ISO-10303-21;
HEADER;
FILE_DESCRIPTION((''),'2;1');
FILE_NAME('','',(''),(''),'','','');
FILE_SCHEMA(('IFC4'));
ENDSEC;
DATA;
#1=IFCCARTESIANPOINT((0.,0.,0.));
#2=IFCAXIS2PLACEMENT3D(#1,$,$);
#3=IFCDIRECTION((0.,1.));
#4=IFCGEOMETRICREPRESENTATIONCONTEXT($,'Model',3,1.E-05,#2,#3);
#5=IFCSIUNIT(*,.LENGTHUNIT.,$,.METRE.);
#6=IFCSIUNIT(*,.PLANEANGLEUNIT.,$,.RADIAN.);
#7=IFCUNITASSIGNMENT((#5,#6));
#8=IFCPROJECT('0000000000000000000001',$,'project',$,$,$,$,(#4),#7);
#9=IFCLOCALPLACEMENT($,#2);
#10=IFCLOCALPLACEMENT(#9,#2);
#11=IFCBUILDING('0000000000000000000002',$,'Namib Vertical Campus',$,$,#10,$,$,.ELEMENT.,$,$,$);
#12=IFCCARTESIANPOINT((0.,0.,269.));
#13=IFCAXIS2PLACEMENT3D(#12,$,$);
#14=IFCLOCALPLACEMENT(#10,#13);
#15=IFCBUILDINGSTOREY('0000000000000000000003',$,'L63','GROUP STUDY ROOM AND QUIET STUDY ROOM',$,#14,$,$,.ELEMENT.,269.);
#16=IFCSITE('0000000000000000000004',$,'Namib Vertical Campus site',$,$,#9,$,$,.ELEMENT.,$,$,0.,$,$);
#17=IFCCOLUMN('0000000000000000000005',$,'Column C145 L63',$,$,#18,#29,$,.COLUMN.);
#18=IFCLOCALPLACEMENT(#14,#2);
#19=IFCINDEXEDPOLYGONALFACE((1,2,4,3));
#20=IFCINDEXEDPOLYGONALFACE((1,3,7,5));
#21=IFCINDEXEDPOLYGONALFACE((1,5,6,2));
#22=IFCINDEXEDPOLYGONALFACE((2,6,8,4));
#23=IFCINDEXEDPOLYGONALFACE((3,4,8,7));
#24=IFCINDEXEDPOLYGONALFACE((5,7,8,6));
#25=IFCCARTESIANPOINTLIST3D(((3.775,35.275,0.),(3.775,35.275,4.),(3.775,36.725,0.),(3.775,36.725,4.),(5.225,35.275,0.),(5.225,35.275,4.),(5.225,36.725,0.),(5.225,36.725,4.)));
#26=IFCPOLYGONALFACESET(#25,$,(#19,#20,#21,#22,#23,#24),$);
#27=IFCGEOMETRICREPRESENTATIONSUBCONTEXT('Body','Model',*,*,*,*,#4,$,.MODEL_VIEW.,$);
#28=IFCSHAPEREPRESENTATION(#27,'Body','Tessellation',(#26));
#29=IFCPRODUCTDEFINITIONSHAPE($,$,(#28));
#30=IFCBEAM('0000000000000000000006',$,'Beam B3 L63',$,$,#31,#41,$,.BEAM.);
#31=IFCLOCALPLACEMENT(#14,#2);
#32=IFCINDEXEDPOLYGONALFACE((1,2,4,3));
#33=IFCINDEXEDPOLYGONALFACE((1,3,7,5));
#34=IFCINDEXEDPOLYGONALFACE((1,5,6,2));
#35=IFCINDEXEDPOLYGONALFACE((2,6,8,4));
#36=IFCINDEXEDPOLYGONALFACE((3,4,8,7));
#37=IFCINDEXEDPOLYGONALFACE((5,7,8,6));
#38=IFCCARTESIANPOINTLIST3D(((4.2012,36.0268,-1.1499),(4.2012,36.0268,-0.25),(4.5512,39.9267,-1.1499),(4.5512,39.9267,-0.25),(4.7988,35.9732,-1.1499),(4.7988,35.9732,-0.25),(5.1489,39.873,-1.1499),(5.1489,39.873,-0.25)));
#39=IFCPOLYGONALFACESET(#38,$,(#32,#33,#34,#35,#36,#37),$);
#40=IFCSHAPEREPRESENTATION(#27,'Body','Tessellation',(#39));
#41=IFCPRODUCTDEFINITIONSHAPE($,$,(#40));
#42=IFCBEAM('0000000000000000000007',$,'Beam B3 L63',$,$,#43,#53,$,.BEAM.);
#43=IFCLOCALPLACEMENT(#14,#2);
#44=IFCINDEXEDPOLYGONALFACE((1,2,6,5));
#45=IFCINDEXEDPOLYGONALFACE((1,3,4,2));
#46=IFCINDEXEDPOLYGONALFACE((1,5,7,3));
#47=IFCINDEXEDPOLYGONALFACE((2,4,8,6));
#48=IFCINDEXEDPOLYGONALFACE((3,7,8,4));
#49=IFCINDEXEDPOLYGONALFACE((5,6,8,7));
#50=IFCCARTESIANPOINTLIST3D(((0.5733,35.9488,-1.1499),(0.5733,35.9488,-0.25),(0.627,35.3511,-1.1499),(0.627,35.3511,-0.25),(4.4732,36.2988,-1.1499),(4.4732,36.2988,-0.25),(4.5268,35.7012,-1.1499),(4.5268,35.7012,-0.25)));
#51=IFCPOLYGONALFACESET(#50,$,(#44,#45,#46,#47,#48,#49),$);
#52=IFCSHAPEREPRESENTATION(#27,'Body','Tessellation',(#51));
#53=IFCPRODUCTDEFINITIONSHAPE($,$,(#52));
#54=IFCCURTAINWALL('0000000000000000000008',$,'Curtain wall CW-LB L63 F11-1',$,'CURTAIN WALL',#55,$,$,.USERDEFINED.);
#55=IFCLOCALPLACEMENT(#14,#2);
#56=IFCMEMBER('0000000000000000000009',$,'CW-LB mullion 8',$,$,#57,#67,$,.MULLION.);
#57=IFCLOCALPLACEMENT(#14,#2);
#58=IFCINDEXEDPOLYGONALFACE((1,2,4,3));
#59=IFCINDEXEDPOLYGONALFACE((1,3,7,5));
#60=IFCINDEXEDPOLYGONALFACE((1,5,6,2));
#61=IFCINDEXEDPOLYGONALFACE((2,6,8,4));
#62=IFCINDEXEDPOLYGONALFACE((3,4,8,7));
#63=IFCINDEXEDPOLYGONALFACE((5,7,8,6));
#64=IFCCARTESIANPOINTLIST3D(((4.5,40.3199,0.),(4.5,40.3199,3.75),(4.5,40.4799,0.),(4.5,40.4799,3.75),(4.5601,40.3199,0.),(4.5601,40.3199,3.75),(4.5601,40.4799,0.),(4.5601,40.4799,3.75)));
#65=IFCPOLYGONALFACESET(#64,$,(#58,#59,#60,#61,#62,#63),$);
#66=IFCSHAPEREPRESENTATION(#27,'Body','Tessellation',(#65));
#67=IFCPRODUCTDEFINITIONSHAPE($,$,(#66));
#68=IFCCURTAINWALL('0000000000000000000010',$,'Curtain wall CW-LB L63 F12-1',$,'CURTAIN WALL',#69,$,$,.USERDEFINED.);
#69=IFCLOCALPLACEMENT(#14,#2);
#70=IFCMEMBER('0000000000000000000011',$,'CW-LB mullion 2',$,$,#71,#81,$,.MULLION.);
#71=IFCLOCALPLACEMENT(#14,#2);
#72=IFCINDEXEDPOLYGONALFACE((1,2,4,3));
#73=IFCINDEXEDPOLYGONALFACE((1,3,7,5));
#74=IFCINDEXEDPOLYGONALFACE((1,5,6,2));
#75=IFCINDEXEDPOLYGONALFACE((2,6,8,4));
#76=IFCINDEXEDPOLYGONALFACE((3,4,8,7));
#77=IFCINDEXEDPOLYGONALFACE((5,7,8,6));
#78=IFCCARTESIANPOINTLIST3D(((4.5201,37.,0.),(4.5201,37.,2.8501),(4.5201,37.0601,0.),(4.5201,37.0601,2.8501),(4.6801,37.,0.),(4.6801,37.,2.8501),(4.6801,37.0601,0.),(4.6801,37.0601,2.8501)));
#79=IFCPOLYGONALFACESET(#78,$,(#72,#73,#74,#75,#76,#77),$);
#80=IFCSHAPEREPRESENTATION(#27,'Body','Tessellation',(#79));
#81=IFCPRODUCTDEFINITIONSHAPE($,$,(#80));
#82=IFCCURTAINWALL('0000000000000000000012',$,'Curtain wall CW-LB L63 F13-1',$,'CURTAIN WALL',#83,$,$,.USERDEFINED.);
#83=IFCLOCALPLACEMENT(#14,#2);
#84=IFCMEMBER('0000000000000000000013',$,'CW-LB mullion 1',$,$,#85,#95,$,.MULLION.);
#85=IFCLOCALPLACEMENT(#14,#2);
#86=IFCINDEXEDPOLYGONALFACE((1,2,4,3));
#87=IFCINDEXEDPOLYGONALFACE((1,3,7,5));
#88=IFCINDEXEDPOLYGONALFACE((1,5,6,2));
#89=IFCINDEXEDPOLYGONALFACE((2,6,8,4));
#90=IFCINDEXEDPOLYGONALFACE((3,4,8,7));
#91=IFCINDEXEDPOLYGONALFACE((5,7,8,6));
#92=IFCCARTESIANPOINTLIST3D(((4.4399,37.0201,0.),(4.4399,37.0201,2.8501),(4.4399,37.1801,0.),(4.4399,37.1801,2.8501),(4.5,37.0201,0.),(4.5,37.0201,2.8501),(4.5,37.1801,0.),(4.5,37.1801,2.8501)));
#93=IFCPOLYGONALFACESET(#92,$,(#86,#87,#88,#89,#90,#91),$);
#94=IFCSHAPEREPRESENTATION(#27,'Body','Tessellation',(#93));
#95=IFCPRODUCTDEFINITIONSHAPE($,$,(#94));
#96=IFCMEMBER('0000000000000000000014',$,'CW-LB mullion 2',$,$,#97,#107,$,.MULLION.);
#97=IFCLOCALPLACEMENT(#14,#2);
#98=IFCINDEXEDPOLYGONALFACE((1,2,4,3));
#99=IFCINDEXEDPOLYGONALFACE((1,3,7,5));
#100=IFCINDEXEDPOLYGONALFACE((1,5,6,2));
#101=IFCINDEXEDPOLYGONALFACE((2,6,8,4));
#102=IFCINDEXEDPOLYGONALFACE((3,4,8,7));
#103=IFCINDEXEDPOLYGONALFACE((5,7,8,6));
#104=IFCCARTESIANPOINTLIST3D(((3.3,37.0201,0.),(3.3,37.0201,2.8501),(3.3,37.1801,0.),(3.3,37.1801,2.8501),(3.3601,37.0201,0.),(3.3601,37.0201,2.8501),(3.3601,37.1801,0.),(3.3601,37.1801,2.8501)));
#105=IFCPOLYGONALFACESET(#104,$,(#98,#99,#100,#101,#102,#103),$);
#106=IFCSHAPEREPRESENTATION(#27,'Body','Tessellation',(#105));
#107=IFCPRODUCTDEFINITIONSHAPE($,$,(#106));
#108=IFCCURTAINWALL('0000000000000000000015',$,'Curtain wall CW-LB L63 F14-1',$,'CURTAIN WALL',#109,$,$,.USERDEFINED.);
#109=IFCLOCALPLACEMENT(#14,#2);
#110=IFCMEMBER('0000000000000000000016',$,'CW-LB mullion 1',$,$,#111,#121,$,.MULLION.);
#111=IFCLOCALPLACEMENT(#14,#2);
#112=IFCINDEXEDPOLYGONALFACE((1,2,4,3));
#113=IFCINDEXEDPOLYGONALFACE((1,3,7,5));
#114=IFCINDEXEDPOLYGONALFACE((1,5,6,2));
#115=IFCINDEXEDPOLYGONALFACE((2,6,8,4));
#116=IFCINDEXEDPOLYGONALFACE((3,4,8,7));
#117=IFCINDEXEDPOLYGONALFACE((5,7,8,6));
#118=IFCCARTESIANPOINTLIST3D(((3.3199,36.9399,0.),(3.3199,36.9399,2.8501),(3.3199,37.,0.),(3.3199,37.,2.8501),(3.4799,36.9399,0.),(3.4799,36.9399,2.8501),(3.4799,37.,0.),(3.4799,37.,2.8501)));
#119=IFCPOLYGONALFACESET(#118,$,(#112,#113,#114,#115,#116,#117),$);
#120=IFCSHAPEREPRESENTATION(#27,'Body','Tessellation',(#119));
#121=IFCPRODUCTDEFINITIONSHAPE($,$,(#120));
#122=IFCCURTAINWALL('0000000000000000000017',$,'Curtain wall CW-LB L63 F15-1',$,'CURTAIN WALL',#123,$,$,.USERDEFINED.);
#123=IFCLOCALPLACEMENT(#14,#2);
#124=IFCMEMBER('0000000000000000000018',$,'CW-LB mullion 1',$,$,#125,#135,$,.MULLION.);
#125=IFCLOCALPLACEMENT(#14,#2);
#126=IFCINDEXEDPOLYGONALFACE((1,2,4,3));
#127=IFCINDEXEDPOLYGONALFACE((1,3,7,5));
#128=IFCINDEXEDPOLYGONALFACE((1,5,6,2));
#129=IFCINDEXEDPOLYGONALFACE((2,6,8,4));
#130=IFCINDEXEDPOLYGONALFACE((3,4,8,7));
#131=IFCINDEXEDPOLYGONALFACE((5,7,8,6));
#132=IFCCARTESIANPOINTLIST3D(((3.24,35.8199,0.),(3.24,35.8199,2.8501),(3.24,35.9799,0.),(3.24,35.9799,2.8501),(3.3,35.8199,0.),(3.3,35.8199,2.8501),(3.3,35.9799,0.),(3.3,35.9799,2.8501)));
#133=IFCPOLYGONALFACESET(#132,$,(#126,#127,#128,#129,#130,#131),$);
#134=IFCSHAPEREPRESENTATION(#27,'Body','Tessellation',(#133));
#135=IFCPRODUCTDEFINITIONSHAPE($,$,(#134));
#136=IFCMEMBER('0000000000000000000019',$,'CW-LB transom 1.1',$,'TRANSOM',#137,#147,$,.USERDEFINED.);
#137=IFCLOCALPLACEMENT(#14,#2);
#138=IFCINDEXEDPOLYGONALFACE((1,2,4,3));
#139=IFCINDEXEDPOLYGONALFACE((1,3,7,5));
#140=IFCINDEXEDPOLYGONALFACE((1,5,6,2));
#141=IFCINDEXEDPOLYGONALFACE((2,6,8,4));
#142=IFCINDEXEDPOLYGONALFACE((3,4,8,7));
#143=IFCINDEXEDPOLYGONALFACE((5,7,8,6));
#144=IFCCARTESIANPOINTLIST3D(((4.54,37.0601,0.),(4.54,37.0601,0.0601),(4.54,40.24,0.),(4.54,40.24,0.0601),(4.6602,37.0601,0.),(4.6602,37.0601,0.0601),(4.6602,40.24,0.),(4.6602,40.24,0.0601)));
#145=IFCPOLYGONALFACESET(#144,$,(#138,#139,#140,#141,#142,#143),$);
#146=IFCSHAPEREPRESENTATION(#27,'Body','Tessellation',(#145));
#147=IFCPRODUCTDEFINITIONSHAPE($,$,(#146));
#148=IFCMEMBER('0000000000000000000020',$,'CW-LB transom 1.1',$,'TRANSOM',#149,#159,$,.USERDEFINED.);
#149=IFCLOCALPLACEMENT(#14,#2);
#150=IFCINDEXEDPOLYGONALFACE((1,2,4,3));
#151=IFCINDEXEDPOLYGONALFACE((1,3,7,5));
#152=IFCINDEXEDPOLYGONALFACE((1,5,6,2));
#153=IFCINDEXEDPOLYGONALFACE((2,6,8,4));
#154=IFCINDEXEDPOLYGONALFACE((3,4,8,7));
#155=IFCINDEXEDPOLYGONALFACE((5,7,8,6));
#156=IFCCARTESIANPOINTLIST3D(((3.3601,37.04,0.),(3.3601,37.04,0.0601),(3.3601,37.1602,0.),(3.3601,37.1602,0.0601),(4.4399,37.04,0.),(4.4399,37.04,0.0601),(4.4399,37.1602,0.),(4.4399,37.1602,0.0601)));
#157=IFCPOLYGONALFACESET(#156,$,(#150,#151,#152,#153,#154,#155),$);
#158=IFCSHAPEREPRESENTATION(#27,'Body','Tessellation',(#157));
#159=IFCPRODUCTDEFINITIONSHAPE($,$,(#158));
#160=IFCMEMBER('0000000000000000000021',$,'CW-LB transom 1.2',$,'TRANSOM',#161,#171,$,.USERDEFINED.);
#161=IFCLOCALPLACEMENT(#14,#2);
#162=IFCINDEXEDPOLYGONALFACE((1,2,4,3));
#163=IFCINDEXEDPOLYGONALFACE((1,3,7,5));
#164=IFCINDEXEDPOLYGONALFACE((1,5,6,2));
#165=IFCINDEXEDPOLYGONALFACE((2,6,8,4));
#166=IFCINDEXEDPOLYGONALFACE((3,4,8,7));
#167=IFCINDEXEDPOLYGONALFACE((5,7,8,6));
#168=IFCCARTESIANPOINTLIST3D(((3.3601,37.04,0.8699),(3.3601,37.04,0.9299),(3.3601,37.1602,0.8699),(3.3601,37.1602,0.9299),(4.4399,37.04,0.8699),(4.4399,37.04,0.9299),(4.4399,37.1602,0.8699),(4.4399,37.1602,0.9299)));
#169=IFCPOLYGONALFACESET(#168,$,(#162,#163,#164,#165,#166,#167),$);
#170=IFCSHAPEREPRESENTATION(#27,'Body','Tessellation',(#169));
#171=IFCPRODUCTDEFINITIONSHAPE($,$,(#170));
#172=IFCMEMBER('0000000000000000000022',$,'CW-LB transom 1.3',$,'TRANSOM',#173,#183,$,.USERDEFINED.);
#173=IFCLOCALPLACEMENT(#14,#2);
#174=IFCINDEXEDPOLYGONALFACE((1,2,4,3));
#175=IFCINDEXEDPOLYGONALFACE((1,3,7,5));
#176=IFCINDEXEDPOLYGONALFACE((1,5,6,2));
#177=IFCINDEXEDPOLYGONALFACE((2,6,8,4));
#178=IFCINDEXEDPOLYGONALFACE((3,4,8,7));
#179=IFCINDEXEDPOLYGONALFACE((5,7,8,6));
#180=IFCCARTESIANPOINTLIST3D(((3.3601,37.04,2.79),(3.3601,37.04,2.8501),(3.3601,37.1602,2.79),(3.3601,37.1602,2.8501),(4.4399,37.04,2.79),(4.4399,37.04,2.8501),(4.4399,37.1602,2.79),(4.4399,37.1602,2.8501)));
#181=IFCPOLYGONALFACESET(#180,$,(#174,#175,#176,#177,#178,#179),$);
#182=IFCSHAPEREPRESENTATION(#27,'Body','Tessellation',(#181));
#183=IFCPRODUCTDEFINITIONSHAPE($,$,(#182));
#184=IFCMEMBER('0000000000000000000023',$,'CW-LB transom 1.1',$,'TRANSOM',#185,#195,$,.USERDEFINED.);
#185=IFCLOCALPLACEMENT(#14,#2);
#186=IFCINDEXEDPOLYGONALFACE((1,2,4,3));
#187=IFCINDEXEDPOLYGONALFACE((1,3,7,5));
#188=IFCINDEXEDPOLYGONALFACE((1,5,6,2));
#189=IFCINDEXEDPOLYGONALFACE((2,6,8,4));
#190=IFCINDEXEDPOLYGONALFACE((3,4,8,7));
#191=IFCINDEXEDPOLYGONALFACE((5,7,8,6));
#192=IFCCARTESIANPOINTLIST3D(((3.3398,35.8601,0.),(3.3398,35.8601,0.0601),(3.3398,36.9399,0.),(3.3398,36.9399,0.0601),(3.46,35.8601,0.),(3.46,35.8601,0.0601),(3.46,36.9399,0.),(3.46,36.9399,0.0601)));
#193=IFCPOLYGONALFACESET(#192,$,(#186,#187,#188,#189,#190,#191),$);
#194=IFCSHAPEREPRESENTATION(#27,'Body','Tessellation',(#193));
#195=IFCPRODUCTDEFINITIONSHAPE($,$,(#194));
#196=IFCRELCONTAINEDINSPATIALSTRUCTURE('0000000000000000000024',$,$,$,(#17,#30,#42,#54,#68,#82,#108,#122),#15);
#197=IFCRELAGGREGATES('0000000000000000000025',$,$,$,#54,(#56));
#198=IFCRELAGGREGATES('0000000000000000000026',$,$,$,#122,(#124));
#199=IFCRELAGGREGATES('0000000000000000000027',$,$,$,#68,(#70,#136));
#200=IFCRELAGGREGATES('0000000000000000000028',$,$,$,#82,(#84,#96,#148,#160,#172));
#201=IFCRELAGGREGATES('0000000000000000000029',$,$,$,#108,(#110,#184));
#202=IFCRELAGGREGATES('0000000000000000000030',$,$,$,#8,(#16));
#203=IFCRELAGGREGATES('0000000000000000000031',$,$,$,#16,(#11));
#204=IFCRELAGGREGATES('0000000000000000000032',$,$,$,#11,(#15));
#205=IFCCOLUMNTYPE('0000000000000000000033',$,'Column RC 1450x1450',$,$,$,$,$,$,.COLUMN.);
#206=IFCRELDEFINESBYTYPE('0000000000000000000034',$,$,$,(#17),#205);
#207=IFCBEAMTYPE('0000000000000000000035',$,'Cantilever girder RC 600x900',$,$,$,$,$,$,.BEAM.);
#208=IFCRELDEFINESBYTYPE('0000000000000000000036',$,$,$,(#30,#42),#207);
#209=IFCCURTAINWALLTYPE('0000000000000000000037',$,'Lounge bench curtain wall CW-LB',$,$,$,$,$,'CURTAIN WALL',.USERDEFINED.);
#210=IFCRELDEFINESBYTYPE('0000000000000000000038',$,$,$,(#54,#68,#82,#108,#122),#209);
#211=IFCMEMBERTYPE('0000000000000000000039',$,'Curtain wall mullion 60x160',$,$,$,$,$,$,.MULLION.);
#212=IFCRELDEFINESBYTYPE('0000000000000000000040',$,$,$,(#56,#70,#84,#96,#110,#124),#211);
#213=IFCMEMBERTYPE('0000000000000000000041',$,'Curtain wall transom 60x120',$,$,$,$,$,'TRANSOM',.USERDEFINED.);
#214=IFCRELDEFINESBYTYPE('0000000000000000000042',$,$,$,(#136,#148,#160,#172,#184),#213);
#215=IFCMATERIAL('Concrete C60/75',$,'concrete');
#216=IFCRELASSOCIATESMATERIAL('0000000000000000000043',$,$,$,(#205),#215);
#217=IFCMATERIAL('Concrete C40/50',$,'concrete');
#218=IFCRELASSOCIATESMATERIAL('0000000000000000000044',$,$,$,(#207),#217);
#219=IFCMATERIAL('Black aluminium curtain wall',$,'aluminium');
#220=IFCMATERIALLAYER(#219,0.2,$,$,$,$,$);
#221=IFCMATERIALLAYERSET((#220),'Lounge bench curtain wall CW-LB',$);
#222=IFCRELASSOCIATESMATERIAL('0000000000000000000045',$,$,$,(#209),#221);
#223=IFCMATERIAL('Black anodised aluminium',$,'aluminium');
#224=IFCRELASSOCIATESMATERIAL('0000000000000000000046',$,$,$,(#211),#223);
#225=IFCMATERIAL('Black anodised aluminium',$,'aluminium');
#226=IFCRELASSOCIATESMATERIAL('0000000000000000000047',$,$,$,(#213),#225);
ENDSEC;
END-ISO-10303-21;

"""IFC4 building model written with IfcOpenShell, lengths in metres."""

from ifc_helpers import new_model, si_unit, direction, frame, origin, origin_2d, place, context, subcontext, project, spatial, rectangle, extrude, material, layer, layer_set, material_profile, profile_set, type_object, element, aggregate, save


model = new_model("IFC4")

# Units and contexts
model_context = context("Model", 3, precision=1e-05, world=origin(), true_north=direction((0.0, 1.0)))
body_context = subcontext(model_context, "Body", "Model", "MODEL_VIEW")
ifc_project = project(units=[si_unit("LENGTHUNIT", "METRE"), si_unit("PLANEANGLEUNIT", "RADIAN")], contexts=[model_context])

# Site, building, storey
site_placement = place(None, origin())
site = spatial("IfcSite", under=ifc_project, at=site_placement, Name="Namib Vertical Campus site", CompositionType="ELEMENT", RefElevation=0.0)
building_placement = place(site_placement, origin())
building = spatial("IfcBuilding", under=site, at=building_placement, Name="Namib Vertical Campus", CompositionType="ELEMENT")
storey_placement = place(building_placement, frame((0.0, 0.0, 269.0)))
storey = spatial("IfcBuildingStorey", under=building, at=storey_placement, Name="L63", Description="GROUP STUDY ROOM AND QUIET STUDY ROOM", CompositionType="ELEMENT", Elevation=269.0)

# Column
ifc_material_1 = material(Name="Concrete C60/75", Category="concrete")
ifc_material_profile_1 = material_profile(ifc_material_1, rectangle(XDim=1.45, YDim=1.45, at=origin_2d()))
ifc_profile_set_1 = profile_set([ifc_material_profile_1], Name="Concrete C60/75")
column_type = type_object("IfcColumnType", Name="Column RC 1450x1450", PredefinedType="COLUMN", material=ifc_profile_set_1)
column_placement = place(storey_placement, frame((4.5, 36.0, 0.0), z_axis=(0.0, 0.0, 1.0), x_axis=(1.0, 0.0, 0.0)))
element("IfcColumn", 1, at=column_placement, inside=storey, type_object=column_type, Name="Column C145 L63", PredefinedType="COLUMN", context=body_context, shape_type="SweptSolid", body=[
    extrude(rectangle(XDim=1.45, YDim=1.45, at=origin_2d()), origin(), (0.0, 0.0, 1.0), 4.0),
])

# Beams
ifc_material_2 = material(Name="Concrete C40/50", Category="concrete")
ifc_material_profile_2 = material_profile(ifc_material_2, rectangle(XDim=0.6001, YDim=0.8999, at=origin_2d()))
ifc_profile_set_2 = profile_set([ifc_material_profile_2], Name="Concrete C40/50")
beam_type_1 = type_object("IfcBeamType", Name="Cantilever girder RC 600x900", PredefinedType="BEAM", material=ifc_profile_set_2)
for number, where, z_axis, x_axis, name in (
    (2, (4.5, 36.0, -0.7), (0.089411, 0.995995, 0.0), (-0.995995, 0.089411, 0.0), "Beam B3 L63"),
    (3, (4.5, 36.0, -0.7), (-0.995995, -0.089411, 0.0), (0.089411, -0.995995, 0.0), "Beam B3 L63"),
):
    element("IfcBeam", number, at=place(storey_placement, frame(where, z_axis=z_axis, x_axis=x_axis)), inside=storey, type_object=beam_type_1, Name=name, PredefinedType="BEAM", context=body_context, shape_type="SweptSolid", body=[
        extrude(rectangle(XDim=0.6001, YDim=0.8999, at=origin_2d()), origin(), (0.0, 0.0, 1.0), 3.9155),
    ])

# Curtain walls, members
ifc_material_3 = material(Name="Black aluminium curtain wall", Category="aluminium")
ifc_layer_1 = layer(ifc_material_3, 0.2)
ifc_layer_set_1 = layer_set([ifc_layer_1], Name="Lounge bench curtain wall CW-LB")
curtain_wall_type = type_object("IfcCurtainWallType", Name="Lounge bench curtain wall CW-LB", ElementType="CURTAIN WALL", PredefinedType="USERDEFINED", material=ifc_layer_set_1)
curtain_wall_1_placement = place(storey_placement, origin())
curtain_wall_1 = element("IfcCurtainWall", 4, at=curtain_wall_1_placement, inside=storey, type_object=curtain_wall_type, Name="Curtain wall CW-LB L63 F11-1", ObjectType="CURTAIN WALL", PredefinedType="USERDEFINED")
ifc_material_4 = material(Name="Black anodised aluminium", Category="aluminium")
ifc_material_profile_3 = material_profile(ifc_material_4, rectangle(XDim=0.0601, YDim=0.1599, at=origin_2d()))
ifc_profile_set_3 = profile_set([ifc_material_profile_3], Name="Black anodised aluminium")
member_type_1 = type_object("IfcMemberType", Name="Curtain wall mullion 60x160", PredefinedType="MULLION", material=ifc_profile_set_3)
member_1_placement = place(storey_placement, frame((4.53, 40.3999, 0.0), z_axis=(0.0, 0.0, 1.0), x_axis=(-1.0, 0.0, 0.0)))
member_1 = element("IfcMember", 5, at=member_1_placement, type_object=member_type_1, Name="CW-LB mullion 8", PredefinedType="MULLION", context=body_context, shape_type="SweptSolid", body=[
    extrude(rectangle(XDim=0.0601, YDim=0.1599, at=origin_2d()), origin(), (0.0, 0.0, 1.0), 3.75),
])
aggregate(curtain_wall_1, [member_1])
curtain_wall_2_placement = place(storey_placement, origin())
curtain_wall_2 = element("IfcCurtainWall", 6, at=curtain_wall_2_placement, inside=storey, type_object=curtain_wall_type, Name="Curtain wall CW-LB L63 F12-1", ObjectType="CURTAIN WALL", PredefinedType="USERDEFINED")
member_2_placement = place(storey_placement, frame((4.6001, 37.03, 0.0), z_axis=(0.0, 0.0, 1.0), x_axis=(0.0, -1.0, 0.0)))
member_2 = element("IfcMember", 7, at=member_2_placement, type_object=member_type_1, Name="CW-LB mullion 2", PredefinedType="MULLION", context=body_context, shape_type="SweptSolid", body=[
    extrude(rectangle(XDim=0.0601, YDim=0.1599, at=origin_2d()), origin(), (0.0, 0.0, 1.0), 2.8501),
])

# Curtain wall, members
curtain_wall_3_placement = place(storey_placement, origin())
curtain_wall_3 = element("IfcCurtainWall", 8, at=curtain_wall_3_placement, inside=storey, type_object=curtain_wall_type, Name="Curtain wall CW-LB L63 F13-1", ObjectType="CURTAIN WALL", PredefinedType="USERDEFINED")
member_3_placement = place(storey_placement, frame((4.47, 37.1001, 0.0), z_axis=(0.0, 0.0, 1.0), x_axis=(-1.0, 0.0, 0.0)))
member_3 = element("IfcMember", 9, at=member_3_placement, type_object=member_type_1, Name="CW-LB mullion 1", PredefinedType="MULLION", context=body_context, shape_type="SweptSolid", body=[
    extrude(rectangle(XDim=0.0601, YDim=0.1599, at=origin_2d()), origin(), (0.0, 0.0, 1.0), 2.8501),
])
member_4_placement = place(storey_placement, frame((3.3301, 37.1001, 0.0), z_axis=(0.0, 0.0, 1.0), x_axis=(-1.0, 0.0, 0.0)))
member_4 = element("IfcMember", 10, at=member_4_placement, type_object=member_type_1, Name="CW-LB mullion 2", PredefinedType="MULLION", context=body_context, shape_type="SweptSolid", body=[
    extrude(rectangle(XDim=0.0601, YDim=0.1599, at=origin_2d()), origin(), (0.0, 0.0, 1.0), 2.8501),
])

# Curtain walls, members
curtain_wall_4_placement = place(storey_placement, origin())
curtain_wall_4 = element("IfcCurtainWall", 11, at=curtain_wall_4_placement, inside=storey, type_object=curtain_wall_type, Name="Curtain wall CW-LB L63 F14-1", ObjectType="CURTAIN WALL", PredefinedType="USERDEFINED")
member_5_placement = place(storey_placement, frame((3.3999, 36.97, 0.0), z_axis=(0.0, 0.0, 1.0), x_axis=(0.0, -1.0, 0.0)))
member_5 = element("IfcMember", 12, at=member_5_placement, type_object=member_type_1, Name="CW-LB mullion 1", PredefinedType="MULLION", context=body_context, shape_type="SweptSolid", body=[
    extrude(rectangle(XDim=0.0601, YDim=0.1599, at=origin_2d()), origin(), (0.0, 0.0, 1.0), 2.8501),
])
curtain_wall_5_placement = place(storey_placement, origin())
curtain_wall_5 = element("IfcCurtainWall", 13, at=curtain_wall_5_placement, inside=storey, type_object=curtain_wall_type, Name="Curtain wall CW-LB L63 F15-1", ObjectType="CURTAIN WALL", PredefinedType="USERDEFINED")
member_6_placement = place(storey_placement, frame((3.27, 35.8999, 0.0), z_axis=(0.0, 0.0, 1.0), x_axis=(-1.0, 0.0, 0.0)))
member_6 = element("IfcMember", 14, at=member_6_placement, type_object=member_type_1, Name="CW-LB mullion 1", PredefinedType="MULLION", context=body_context, shape_type="SweptSolid", body=[
    extrude(rectangle(XDim=0.0601, YDim=0.1599, at=origin_2d()), origin(), (0.0, 0.0, 1.0), 2.8501),
])

# Members
ifc_material_5 = material(Name="Black anodised aluminium", Category="aluminium")
ifc_material_profile_4 = material_profile(ifc_material_5, rectangle(XDim=0.0601, YDim=0.1201, at=origin_2d()))
ifc_profile_set_4 = profile_set([ifc_material_profile_4], Name="Black anodised aluminium")
member_type_2 = type_object("IfcMemberType", Name="Curtain wall transom 60x120", ElementType="TRANSOM", PredefinedType="USERDEFINED", material=ifc_profile_set_4)
member_7_placement = place(storey_placement, frame((4.6001, 40.24, 0.03), z_axis=(0.0, -1.0, 0.0), x_axis=(0.0, 0.0, 1.0)))
member_7 = element("IfcMember", 15, at=member_7_placement, type_object=member_type_2, Name="CW-LB transom 1.1", ObjectType="TRANSOM", PredefinedType="USERDEFINED", context=body_context, shape_type="SweptSolid", body=[
    extrude(rectangle(XDim=0.0601, YDim=0.1201, at=origin_2d()), origin(), (0.0, 0.0, 1.0), 3.1799),
])
member_8_placement = place(storey_placement, frame((4.4399, 37.1001, 0.03), z_axis=(-1.0, 0.0, 0.0), x_axis=(0.0, 0.0, 1.0)))
member_8 = element("IfcMember", 16, at=member_8_placement, type_object=member_type_2, Name="CW-LB transom 1.1", ObjectType="TRANSOM", PredefinedType="USERDEFINED", context=body_context, shape_type="SweptSolid", body=[
    extrude(rectangle(XDim=0.0601, YDim=0.1201, at=origin_2d()), origin(), (0.0, 0.0, 1.0), 1.0798),
])
member_9_placement = place(storey_placement, frame((4.4399, 37.1001, 0.8999), z_axis=(-1.0, 0.0, 0.0), x_axis=(0.0, 0.0, 1.0)))
member_9 = element("IfcMember", 17, at=member_9_placement, type_object=member_type_2, Name="CW-LB transom 1.2", ObjectType="TRANSOM", PredefinedType="USERDEFINED", context=body_context, shape_type="SweptSolid", body=[
    extrude(rectangle(XDim=0.0601, YDim=0.1201, at=origin_2d()), origin(), (0.0, 0.0, 1.0), 1.0798),
])
member_10_placement = place(storey_placement, frame((4.4399, 37.1001, 2.8201), z_axis=(-1.0, 0.0, 0.0), x_axis=(0.0, 0.0, 1.0)))
member_10 = element("IfcMember", 18, at=member_10_placement, type_object=member_type_2, Name="CW-LB transom 1.3", ObjectType="TRANSOM", PredefinedType="USERDEFINED", context=body_context, shape_type="SweptSolid", body=[
    extrude(rectangle(XDim=0.0601, YDim=0.1201, at=origin_2d()), origin(), (0.0, 0.0, 1.0), 1.0798),
])
member_11_placement = place(storey_placement, frame((3.3999, 36.9399, 0.03), z_axis=(0.0, -1.0, 0.0), x_axis=(0.0, 0.0, 1.0)))
member_11 = element("IfcMember", 19, at=member_11_placement, type_object=member_type_2, Name="CW-LB transom 1.1", ObjectType="TRANSOM", PredefinedType="USERDEFINED", context=body_context, shape_type="SweptSolid", body=[
    extrude(rectangle(XDim=0.0601, YDim=0.1201, at=origin_2d()), origin(), (0.0, 0.0, 1.0), 1.0798),
])
aggregate(curtain_wall_5, [member_6])

aggregate(curtain_wall_2, [member_2, member_7])
aggregate(curtain_wall_3, [member_3, member_4, member_8, member_9, member_10])
aggregate(curtain_wall_4, [member_5, member_11])

save(model, "model.ifc")
